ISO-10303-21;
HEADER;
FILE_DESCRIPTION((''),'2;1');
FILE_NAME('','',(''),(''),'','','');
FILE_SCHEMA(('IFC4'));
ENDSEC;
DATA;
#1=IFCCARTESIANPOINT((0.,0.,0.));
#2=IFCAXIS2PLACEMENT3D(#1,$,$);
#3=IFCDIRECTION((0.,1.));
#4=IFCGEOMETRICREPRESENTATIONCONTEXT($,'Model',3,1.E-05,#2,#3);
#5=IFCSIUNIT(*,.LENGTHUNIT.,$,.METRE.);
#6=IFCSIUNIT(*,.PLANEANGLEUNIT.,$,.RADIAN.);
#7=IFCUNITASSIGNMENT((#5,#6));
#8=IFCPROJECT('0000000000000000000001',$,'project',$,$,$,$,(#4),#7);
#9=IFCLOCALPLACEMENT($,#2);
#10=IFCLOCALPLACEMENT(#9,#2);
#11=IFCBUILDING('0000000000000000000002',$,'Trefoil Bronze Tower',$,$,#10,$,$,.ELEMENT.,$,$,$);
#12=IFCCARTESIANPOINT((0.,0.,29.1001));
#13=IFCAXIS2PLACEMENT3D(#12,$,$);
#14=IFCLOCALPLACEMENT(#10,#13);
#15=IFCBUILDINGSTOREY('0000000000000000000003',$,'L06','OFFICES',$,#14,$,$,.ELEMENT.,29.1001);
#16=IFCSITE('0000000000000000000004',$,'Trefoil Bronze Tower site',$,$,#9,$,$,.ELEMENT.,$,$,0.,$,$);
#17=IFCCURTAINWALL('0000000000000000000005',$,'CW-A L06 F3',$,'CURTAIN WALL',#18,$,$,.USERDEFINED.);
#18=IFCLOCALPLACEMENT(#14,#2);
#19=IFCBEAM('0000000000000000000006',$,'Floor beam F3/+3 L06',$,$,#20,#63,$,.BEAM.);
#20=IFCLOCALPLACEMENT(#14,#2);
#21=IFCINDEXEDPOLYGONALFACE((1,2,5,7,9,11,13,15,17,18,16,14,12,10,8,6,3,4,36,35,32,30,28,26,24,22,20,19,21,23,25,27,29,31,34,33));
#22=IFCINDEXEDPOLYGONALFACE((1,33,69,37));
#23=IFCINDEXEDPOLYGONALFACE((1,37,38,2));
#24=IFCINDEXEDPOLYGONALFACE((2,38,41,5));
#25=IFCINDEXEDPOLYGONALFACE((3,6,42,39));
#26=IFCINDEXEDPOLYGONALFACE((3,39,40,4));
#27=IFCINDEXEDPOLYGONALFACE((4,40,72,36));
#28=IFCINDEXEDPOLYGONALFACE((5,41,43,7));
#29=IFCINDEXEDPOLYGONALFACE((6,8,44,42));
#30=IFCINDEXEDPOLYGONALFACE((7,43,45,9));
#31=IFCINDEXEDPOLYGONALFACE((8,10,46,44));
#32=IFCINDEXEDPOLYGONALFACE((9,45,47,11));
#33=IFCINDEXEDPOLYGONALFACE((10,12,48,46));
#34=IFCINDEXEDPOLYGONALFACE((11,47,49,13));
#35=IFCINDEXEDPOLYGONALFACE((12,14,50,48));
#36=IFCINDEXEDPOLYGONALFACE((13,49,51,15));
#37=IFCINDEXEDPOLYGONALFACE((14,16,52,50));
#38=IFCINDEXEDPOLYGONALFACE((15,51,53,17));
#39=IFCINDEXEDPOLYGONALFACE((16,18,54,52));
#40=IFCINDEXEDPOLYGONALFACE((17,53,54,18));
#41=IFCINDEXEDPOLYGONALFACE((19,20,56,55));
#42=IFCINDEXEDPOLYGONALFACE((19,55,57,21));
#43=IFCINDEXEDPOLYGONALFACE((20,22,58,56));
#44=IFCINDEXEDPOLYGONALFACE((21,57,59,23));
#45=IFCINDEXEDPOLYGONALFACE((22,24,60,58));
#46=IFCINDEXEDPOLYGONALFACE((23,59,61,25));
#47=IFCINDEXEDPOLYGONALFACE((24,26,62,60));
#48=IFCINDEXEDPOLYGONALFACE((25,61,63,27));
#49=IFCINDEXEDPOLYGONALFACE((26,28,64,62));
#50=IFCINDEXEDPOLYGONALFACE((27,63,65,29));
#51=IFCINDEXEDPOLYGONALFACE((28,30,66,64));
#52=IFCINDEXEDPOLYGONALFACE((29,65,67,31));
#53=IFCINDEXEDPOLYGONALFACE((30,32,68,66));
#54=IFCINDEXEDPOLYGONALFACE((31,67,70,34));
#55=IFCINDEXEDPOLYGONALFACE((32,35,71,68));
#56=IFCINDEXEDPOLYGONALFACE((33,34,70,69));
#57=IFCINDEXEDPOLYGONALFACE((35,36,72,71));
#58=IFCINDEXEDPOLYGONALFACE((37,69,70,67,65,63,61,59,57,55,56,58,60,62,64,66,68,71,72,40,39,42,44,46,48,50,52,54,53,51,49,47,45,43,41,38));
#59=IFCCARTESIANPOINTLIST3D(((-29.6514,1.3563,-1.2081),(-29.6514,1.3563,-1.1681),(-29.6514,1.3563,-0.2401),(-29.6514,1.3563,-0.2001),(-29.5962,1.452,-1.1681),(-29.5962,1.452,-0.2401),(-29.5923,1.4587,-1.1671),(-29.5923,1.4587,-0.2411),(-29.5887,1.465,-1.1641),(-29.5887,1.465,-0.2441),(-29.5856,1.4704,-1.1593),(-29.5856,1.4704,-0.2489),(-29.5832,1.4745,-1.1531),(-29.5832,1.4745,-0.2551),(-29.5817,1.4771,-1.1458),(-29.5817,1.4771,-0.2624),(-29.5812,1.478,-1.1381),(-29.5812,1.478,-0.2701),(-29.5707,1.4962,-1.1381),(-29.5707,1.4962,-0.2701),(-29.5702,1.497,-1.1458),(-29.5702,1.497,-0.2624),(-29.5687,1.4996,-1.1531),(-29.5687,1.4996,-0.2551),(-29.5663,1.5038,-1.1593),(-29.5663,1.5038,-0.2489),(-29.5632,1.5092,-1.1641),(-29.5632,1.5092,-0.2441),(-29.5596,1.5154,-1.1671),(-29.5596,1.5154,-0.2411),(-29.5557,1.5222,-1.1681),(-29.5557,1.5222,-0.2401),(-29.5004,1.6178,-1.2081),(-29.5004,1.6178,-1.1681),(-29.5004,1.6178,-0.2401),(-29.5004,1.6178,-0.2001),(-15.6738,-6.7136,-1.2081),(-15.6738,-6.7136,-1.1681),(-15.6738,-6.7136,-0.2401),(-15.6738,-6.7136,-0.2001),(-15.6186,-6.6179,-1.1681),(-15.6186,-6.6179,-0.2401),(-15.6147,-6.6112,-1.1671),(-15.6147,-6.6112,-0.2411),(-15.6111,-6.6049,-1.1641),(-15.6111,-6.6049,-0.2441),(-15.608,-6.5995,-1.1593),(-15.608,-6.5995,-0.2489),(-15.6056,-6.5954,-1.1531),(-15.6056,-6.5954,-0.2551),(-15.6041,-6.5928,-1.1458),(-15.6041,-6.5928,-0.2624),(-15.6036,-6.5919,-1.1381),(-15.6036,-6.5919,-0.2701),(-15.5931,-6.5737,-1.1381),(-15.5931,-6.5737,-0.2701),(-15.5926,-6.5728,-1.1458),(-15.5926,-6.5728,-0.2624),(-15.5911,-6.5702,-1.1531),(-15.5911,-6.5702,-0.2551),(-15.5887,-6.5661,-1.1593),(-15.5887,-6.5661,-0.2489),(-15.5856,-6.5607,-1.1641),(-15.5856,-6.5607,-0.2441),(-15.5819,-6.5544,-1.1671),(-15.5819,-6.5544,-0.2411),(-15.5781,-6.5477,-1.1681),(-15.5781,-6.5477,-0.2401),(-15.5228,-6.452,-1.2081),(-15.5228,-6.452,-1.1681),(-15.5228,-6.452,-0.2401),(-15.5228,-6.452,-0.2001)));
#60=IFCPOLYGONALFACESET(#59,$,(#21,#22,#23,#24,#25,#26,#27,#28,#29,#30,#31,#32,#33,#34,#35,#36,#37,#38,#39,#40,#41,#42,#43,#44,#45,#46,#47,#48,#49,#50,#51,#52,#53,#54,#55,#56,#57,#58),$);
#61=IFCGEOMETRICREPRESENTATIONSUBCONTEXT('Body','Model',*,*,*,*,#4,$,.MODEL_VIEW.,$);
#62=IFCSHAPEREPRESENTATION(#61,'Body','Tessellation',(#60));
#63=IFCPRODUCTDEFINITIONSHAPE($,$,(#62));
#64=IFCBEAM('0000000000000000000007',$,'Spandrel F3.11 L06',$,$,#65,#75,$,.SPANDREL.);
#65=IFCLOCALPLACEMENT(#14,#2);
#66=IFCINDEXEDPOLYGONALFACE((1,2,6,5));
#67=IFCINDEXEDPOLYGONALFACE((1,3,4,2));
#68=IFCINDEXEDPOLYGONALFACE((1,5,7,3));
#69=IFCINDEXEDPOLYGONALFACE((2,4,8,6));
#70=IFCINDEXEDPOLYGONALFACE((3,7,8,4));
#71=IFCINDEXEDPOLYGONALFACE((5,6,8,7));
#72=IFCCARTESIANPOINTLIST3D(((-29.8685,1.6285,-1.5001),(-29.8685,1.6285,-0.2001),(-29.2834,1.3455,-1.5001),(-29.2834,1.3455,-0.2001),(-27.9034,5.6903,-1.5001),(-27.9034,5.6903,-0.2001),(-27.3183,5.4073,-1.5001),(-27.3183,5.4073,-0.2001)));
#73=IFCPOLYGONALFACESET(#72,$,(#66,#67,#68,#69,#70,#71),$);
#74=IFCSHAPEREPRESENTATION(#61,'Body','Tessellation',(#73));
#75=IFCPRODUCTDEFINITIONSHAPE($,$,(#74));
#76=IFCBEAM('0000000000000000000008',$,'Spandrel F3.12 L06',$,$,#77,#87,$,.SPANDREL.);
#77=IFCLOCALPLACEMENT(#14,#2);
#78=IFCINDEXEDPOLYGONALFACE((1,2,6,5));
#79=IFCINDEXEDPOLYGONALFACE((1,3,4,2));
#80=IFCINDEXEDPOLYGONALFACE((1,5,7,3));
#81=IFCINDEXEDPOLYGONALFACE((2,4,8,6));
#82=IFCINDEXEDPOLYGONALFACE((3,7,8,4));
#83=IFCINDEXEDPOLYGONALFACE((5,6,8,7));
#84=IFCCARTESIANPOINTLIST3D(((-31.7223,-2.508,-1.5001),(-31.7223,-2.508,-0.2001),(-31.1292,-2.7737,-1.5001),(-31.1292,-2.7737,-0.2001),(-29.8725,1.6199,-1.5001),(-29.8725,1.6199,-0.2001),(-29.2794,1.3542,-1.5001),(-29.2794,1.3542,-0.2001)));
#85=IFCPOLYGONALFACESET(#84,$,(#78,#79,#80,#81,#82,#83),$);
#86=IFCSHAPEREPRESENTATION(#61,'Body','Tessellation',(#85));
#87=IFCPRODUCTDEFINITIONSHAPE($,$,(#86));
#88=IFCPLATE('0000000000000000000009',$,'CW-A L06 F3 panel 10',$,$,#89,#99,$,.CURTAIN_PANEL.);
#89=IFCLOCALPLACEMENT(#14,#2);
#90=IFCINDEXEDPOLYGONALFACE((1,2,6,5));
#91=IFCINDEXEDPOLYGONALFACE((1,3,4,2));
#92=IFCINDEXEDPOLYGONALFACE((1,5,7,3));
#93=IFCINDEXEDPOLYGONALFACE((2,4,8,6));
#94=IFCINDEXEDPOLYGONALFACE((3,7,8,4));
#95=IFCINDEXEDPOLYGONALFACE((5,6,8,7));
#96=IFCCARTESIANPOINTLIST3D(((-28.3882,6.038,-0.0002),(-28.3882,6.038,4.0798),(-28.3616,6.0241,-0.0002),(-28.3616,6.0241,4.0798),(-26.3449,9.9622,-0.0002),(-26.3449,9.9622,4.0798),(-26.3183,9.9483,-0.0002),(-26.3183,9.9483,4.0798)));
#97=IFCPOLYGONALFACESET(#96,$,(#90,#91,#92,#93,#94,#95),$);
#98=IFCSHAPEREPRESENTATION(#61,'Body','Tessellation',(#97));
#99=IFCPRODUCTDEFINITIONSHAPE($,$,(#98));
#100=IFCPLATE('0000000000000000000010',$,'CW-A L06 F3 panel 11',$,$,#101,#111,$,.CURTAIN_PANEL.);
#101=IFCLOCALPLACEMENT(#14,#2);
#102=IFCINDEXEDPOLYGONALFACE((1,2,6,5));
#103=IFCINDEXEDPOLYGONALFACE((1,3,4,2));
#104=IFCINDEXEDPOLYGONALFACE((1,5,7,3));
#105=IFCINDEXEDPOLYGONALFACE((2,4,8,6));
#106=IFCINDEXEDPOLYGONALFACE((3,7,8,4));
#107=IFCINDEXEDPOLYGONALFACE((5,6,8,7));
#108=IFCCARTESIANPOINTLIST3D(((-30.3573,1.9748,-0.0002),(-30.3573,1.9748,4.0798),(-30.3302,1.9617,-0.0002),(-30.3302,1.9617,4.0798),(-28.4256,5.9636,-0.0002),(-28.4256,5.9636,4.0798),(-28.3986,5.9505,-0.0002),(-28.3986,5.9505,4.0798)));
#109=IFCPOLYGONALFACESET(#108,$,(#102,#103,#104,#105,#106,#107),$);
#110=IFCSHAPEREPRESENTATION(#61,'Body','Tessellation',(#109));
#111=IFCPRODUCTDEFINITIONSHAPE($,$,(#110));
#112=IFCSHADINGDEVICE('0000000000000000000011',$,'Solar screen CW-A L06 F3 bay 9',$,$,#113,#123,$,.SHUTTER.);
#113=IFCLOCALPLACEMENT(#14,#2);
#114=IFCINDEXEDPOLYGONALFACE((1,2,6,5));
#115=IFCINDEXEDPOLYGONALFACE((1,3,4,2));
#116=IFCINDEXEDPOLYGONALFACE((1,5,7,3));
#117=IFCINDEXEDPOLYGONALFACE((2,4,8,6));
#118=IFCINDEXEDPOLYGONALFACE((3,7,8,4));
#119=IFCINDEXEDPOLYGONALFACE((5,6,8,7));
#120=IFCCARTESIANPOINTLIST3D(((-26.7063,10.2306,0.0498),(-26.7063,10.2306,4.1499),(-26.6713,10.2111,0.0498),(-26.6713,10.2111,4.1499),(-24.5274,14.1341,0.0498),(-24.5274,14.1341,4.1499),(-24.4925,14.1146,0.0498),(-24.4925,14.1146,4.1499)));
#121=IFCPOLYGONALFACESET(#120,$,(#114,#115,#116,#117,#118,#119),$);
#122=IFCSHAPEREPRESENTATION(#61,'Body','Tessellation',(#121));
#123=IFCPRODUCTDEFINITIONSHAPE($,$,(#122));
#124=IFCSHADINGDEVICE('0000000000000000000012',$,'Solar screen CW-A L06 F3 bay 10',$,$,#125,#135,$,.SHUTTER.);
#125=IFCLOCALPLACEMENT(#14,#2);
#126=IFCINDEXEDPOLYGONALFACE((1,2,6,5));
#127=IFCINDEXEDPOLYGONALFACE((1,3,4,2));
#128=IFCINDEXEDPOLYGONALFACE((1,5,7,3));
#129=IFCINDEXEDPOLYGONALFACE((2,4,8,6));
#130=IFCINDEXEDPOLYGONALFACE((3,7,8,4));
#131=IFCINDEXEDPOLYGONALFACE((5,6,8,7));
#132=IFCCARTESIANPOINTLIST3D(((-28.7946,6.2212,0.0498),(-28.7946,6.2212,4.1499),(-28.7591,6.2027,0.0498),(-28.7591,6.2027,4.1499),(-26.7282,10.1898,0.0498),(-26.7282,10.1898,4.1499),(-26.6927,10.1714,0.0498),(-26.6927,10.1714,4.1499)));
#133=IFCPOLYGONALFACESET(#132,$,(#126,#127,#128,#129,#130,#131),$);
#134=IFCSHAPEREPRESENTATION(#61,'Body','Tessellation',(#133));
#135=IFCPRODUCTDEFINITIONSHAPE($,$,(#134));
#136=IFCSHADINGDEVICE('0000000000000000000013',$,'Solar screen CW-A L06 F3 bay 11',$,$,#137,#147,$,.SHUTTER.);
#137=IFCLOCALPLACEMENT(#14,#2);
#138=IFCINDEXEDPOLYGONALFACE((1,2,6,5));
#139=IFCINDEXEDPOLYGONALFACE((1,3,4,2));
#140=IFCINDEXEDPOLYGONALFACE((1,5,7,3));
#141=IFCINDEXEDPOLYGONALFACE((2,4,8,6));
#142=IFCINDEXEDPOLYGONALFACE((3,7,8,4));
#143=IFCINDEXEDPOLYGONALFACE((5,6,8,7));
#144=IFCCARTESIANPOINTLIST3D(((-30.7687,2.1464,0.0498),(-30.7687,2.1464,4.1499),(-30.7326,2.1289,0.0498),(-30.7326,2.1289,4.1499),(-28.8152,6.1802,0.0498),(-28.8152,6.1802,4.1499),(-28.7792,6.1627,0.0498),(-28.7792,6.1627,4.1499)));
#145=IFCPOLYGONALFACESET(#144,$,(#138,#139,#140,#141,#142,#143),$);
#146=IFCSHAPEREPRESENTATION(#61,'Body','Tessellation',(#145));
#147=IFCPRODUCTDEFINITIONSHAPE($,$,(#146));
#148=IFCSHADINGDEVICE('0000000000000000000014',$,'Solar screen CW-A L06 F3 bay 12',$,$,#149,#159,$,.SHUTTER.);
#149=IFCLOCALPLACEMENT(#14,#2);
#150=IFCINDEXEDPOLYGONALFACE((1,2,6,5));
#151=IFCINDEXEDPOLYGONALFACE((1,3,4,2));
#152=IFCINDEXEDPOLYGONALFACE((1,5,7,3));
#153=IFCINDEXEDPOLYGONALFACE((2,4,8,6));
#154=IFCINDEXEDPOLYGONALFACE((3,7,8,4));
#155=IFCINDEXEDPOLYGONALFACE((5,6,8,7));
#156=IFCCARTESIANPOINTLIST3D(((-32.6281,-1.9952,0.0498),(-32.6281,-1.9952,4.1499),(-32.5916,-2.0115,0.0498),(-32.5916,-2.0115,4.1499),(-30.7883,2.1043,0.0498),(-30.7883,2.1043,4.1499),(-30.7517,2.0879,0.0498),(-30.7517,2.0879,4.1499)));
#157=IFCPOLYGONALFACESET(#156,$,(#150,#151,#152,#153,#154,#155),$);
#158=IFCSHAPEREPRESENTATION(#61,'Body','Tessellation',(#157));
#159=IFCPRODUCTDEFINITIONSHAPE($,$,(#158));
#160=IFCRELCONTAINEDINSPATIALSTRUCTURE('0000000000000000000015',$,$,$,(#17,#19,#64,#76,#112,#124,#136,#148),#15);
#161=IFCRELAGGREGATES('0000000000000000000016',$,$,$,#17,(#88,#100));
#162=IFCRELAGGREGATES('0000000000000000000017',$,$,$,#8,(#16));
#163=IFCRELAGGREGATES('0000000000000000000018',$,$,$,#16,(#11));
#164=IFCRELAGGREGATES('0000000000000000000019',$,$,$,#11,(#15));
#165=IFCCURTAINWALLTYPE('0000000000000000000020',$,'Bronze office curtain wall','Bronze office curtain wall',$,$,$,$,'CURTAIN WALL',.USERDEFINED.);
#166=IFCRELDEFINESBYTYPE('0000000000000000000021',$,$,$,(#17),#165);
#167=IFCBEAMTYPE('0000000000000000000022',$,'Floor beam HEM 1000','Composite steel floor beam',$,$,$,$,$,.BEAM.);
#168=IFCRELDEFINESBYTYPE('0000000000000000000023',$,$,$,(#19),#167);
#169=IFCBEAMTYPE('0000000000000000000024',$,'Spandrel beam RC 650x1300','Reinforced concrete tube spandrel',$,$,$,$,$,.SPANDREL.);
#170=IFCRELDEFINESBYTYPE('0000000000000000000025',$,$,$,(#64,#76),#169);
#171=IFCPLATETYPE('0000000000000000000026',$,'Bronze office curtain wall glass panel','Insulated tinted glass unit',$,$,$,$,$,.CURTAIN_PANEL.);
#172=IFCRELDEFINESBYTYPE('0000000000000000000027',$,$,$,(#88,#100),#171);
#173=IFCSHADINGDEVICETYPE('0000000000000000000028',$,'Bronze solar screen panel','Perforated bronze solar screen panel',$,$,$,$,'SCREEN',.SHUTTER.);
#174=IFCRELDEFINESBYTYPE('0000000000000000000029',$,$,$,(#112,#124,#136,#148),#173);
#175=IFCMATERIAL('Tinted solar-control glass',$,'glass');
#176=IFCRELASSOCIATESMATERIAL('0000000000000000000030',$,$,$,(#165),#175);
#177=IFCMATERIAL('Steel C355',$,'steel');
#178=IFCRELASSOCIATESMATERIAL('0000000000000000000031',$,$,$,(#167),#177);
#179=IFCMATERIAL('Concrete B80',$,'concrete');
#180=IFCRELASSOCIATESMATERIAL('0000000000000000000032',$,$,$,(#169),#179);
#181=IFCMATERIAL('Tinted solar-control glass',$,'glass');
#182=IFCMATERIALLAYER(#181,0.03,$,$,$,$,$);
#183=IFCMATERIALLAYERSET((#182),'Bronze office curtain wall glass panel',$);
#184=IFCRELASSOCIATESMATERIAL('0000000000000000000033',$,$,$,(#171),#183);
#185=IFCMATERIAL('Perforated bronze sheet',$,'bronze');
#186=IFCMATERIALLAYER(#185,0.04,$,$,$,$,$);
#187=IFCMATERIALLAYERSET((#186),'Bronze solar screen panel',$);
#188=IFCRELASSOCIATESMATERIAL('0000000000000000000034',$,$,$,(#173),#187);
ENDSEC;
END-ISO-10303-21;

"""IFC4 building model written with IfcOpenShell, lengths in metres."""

from ifc_helpers import new_model, si_unit, direction, frame, origin, origin_2d, place, context, subcontext, project, spatial, rectangle, i_section, extrude, material, layer, layer_set, material_profile, profile_set, type_object, element, aggregate, save


model = new_model("IFC4")

# Units and contexts
model_context = context("Model", 3, precision=1e-05, world=origin(), true_north=direction((0.0, 1.0)))
body_context = subcontext(model_context, "Body", "Model", "MODEL_VIEW")
ifc_project = project(units=[si_unit("LENGTHUNIT", "METRE"), si_unit("PLANEANGLEUNIT", "RADIAN")], contexts=[model_context])

# Site, building, storey
site_placement = place(None, origin())
site = spatial("IfcSite", under=ifc_project, at=site_placement, Name="Trefoil Bronze Tower site", CompositionType="ELEMENT", RefElevation=0.0)
building_placement = place(site_placement, origin())
building = spatial("IfcBuilding", under=site, at=building_placement, Name="Trefoil Bronze Tower", CompositionType="ELEMENT")
storey_placement = place(building_placement, frame((0.0, 0.0, 29.1001)))
storey = spatial("IfcBuildingStorey", under=building, at=storey_placement, Name="L06", Description="OFFICES", CompositionType="ELEMENT", Elevation=29.1001)

# Curtain wall
ifc_material_1 = material(Name="Tinted solar-control glass", Category="glass")
curtain_wall_type = type_object("IfcCurtainWallType", Name="Bronze office curtain wall", Description="Bronze office curtain wall", ElementType="CURTAIN WALL", PredefinedType="USERDEFINED", material=ifc_material_1)
curtain_wall_placement = place(storey_placement, origin())
curtain_wall = element("IfcCurtainWall", 1, at=curtain_wall_placement, inside=storey, type_object=curtain_wall_type, Name="CW-A L06 F3", ObjectType="CURTAIN WALL", PredefinedType="USERDEFINED")

# Beams
ifc_material_2 = material(Name="Steel C355", Category="steel")
ifc_material_profile_1 = material_profile(ifc_material_2, i_section(OverallWidth=0.302, OverallDepth=1.0081, WebThickness=0.021, FlangeThickness=0.04, FilletRadius=0.03, at=origin_2d()), Name="HEM 1000")
ifc_profile_set_1 = profile_set([ifc_material_profile_1], Name="Steel C355")
beam_type_1 = type_object("IfcBeamType", Name="Floor beam HEM 1000", Description="Composite steel floor beam", PredefinedType="BEAM", material=ifc_profile_set_1)
beam_1_placement = place(storey_placement, frame((-29.5759, 1.4871, -0.7041), z_axis=(0.866028, -0.499995, 0.0), x_axis=(0.499995, 0.866028, 0.0)))
element("IfcBeam", 2, at=beam_1_placement, inside=storey, type_object=beam_type_1, Name="Floor beam F3/+3 L06", PredefinedType="BEAM", context=body_context, shape_type="SweptSolid", body=[
    extrude(i_section(OverallWidth=0.302, OverallDepth=1.0081, WebThickness=0.021, FlangeThickness=0.04, FilletRadius=0.03, at=origin_2d()), origin(), (0.0, 0.0, 1.0), 16.1399),
])
ifc_material_3 = material(Name="Concrete B80", Category="concrete")
ifc_material_profile_2 = material_profile(ifc_material_3, rectangle(XDim=0.6499, YDim=1.3, at=origin_2d()), Name="RC 650x1300")
ifc_profile_set_2 = profile_set([ifc_material_profile_2], Name="Concrete B80")
beam_type_2 = type_object("IfcBeamType", Name="Spandrel beam RC 650x1300", Description="Reinforced concrete tube spandrel", PredefinedType="SPANDREL", material=ifc_profile_set_2)
beam_2_placement = place(storey_placement, frame((-27.6108, 5.5488, -0.8501), z_axis=(-0.43551, -0.900184, 0.0), x_axis=(0.900184, -0.43551, 0.0)))
element("IfcBeam", 3, at=beam_2_placement, inside=storey, type_object=beam_type_2, Name="Spandrel F3.11 L06", PredefinedType="SPANDREL", context=body_context, shape_type="SweptSolid", body=[
    extrude(rectangle(XDim=0.6499, YDim=1.3, at=origin_2d()), origin(), (0.0, 0.0, 1.0), 4.5122),
])
beam_3_placement = place(storey_placement, frame((-29.5759, 1.4871, -0.8501), z_axis=(-0.408946, -0.912559, 0.0), x_axis=(0.912559, -0.408946, 0.0)))
element("IfcBeam", 4, at=beam_3_placement, inside=storey, type_object=beam_type_2, Name="Spandrel F3.12 L06", PredefinedType="SPANDREL", context=body_context, shape_type="SweptSolid", body=[
    extrude(rectangle(XDim=0.6499, YDim=1.3, at=origin_2d()), origin(), (0.0, 0.0, 1.0), 4.5234),
])

# Plates
ifc_material_4 = material(Name="Tinted solar-control glass", Category="glass")
ifc_layer_1 = layer(ifc_material_4, 0.03)
ifc_layer_set_1 = layer_set([ifc_layer_1], Name="Bronze office curtain wall glass panel")
plate_type = type_object("IfcPlateType", Name="Bronze office curtain wall glass panel", Description="Insulated tinted glass unit", PredefinedType="CURTAIN_PANEL", material=ifc_layer_set_1)
plate_1_placement = place(storey_placement, frame((-27.3533, 7.9932, -0.0002), z_axis=(0.0, 0.0, 1.0), x_axis=(-0.46183, -0.886969, 0.0)))
plate_1 = element("IfcPlate", 5, at=plate_1_placement, type_object=plate_type, Name="CW-A L06 F3 panel 10", PredefinedType="CURTAIN_PANEL", context=body_context, shape_type="SweptSolid", body=[
    extrude(rectangle(XDim=4.4243, YDim=0.03, at=origin_2d()), origin(), (0.0, 0.0, 1.0), 4.0801),
])
plate_2_placement = place(storey_placement, frame((-29.3779, 3.9626, -0.0002), z_axis=(0.0, 0.0, 1.0), x_axis=(-0.435855, -0.900017, 0.0)))
plate_2 = element("IfcPlate", 6, at=plate_2_placement, type_object=plate_type, Name="CW-A L06 F3 panel 11", PredefinedType="CURTAIN_PANEL", context=body_context, shape_type="SweptSolid", body=[
    extrude(rectangle(XDim=4.4319, YDim=0.03, at=origin_2d()), origin(), (0.0, 0.0, 1.0), 4.0801),
])
aggregate(curtain_wall, [plate_1, plate_2])

# Shading devices
ifc_material_5 = material(Name="Perforated bronze sheet", Category="bronze")
ifc_layer_2 = layer(ifc_material_5, 0.04)
ifc_layer_set_2 = layer_set([ifc_layer_2], Name="Bronze solar screen panel")
shading_device_type = type_object("IfcShadingDeviceType", Name="Bronze solar screen panel", Description="Perforated bronze solar screen panel", ElementType="SCREEN", PredefinedType="SHUTTER", material=ifc_layer_set_2)
shading_device_1_placement = place(storey_placement, frame((-25.5994, 12.1726, 0.0498), z_axis=(0.0, 0.0, 1.0), x_axis=(-0.487382, -0.873189, 0.0)))
element("IfcShadingDevice", 7, at=shading_device_1_placement, inside=storey, type_object=shading_device_type, Name="Solar screen CW-A L06 F3 bay 9", PredefinedType="SHUTTER", context=body_context, shape_type="SweptSolid", body=[
    extrude(rectangle(XDim=4.4705, YDim=0.04, at=origin_2d()), origin(), (0.0, 0.0, 1.0), 4.1001),
])
shading_device_2_placement = place(storey_placement, frame((-27.7437, 8.1963, 0.0498), z_axis=(0.0, 0.0, 1.0), x_axis=(-0.46183, -0.886969, 0.0)))
element("IfcShadingDevice", 8, at=shading_device_2_placement, inside=storey, type_object=shading_device_type, Name="Solar screen CW-A L06 F3 bay 10", PredefinedType="SHUTTER", context=body_context, shape_type="SweptSolid", body=[
    extrude(rectangle(XDim=4.4744, YDim=0.04, at=origin_2d()), origin(), (0.0, 0.0, 1.0), 4.1001),
])
shading_device_3_placement = place(storey_placement, frame((-29.7739, 4.1545, 0.0498), z_axis=(0.0, 0.0, 1.0), x_axis=(-0.435855, -0.900017, 0.0)))
element("IfcShadingDevice", 9, at=shading_device_3_placement, inside=storey, type_object=shading_device_type, Name="Solar screen CW-A L06 F3 bay 11", PredefinedType="SHUTTER", context=body_context, shape_type="SweptSolid", body=[
    extrude(rectangle(XDim=4.4819, YDim=0.04, at=origin_2d()), origin(), (0.0, 0.0, 1.0), 4.1001),
])
shading_device_4_placement = place(storey_placement, frame((-31.6899, 0.0464, 0.0498), z_axis=(0.0, 0.0, 1.0), x_axis=(-0.409456, -0.91233, 0.0)))
element("IfcShadingDevice", 10, at=shading_device_4_placement, inside=storey, type_object=shading_device_type, Name="Solar screen CW-A L06 F3 bay 12", PredefinedType="SHUTTER", context=body_context, shape_type="SweptSolid", body=[
    extrude(rectangle(XDim=4.4934, YDim=0.04, at=origin_2d()), origin(), (0.0, 0.0, 1.0), 4.1001),
])

save(model, "model.ifc")
